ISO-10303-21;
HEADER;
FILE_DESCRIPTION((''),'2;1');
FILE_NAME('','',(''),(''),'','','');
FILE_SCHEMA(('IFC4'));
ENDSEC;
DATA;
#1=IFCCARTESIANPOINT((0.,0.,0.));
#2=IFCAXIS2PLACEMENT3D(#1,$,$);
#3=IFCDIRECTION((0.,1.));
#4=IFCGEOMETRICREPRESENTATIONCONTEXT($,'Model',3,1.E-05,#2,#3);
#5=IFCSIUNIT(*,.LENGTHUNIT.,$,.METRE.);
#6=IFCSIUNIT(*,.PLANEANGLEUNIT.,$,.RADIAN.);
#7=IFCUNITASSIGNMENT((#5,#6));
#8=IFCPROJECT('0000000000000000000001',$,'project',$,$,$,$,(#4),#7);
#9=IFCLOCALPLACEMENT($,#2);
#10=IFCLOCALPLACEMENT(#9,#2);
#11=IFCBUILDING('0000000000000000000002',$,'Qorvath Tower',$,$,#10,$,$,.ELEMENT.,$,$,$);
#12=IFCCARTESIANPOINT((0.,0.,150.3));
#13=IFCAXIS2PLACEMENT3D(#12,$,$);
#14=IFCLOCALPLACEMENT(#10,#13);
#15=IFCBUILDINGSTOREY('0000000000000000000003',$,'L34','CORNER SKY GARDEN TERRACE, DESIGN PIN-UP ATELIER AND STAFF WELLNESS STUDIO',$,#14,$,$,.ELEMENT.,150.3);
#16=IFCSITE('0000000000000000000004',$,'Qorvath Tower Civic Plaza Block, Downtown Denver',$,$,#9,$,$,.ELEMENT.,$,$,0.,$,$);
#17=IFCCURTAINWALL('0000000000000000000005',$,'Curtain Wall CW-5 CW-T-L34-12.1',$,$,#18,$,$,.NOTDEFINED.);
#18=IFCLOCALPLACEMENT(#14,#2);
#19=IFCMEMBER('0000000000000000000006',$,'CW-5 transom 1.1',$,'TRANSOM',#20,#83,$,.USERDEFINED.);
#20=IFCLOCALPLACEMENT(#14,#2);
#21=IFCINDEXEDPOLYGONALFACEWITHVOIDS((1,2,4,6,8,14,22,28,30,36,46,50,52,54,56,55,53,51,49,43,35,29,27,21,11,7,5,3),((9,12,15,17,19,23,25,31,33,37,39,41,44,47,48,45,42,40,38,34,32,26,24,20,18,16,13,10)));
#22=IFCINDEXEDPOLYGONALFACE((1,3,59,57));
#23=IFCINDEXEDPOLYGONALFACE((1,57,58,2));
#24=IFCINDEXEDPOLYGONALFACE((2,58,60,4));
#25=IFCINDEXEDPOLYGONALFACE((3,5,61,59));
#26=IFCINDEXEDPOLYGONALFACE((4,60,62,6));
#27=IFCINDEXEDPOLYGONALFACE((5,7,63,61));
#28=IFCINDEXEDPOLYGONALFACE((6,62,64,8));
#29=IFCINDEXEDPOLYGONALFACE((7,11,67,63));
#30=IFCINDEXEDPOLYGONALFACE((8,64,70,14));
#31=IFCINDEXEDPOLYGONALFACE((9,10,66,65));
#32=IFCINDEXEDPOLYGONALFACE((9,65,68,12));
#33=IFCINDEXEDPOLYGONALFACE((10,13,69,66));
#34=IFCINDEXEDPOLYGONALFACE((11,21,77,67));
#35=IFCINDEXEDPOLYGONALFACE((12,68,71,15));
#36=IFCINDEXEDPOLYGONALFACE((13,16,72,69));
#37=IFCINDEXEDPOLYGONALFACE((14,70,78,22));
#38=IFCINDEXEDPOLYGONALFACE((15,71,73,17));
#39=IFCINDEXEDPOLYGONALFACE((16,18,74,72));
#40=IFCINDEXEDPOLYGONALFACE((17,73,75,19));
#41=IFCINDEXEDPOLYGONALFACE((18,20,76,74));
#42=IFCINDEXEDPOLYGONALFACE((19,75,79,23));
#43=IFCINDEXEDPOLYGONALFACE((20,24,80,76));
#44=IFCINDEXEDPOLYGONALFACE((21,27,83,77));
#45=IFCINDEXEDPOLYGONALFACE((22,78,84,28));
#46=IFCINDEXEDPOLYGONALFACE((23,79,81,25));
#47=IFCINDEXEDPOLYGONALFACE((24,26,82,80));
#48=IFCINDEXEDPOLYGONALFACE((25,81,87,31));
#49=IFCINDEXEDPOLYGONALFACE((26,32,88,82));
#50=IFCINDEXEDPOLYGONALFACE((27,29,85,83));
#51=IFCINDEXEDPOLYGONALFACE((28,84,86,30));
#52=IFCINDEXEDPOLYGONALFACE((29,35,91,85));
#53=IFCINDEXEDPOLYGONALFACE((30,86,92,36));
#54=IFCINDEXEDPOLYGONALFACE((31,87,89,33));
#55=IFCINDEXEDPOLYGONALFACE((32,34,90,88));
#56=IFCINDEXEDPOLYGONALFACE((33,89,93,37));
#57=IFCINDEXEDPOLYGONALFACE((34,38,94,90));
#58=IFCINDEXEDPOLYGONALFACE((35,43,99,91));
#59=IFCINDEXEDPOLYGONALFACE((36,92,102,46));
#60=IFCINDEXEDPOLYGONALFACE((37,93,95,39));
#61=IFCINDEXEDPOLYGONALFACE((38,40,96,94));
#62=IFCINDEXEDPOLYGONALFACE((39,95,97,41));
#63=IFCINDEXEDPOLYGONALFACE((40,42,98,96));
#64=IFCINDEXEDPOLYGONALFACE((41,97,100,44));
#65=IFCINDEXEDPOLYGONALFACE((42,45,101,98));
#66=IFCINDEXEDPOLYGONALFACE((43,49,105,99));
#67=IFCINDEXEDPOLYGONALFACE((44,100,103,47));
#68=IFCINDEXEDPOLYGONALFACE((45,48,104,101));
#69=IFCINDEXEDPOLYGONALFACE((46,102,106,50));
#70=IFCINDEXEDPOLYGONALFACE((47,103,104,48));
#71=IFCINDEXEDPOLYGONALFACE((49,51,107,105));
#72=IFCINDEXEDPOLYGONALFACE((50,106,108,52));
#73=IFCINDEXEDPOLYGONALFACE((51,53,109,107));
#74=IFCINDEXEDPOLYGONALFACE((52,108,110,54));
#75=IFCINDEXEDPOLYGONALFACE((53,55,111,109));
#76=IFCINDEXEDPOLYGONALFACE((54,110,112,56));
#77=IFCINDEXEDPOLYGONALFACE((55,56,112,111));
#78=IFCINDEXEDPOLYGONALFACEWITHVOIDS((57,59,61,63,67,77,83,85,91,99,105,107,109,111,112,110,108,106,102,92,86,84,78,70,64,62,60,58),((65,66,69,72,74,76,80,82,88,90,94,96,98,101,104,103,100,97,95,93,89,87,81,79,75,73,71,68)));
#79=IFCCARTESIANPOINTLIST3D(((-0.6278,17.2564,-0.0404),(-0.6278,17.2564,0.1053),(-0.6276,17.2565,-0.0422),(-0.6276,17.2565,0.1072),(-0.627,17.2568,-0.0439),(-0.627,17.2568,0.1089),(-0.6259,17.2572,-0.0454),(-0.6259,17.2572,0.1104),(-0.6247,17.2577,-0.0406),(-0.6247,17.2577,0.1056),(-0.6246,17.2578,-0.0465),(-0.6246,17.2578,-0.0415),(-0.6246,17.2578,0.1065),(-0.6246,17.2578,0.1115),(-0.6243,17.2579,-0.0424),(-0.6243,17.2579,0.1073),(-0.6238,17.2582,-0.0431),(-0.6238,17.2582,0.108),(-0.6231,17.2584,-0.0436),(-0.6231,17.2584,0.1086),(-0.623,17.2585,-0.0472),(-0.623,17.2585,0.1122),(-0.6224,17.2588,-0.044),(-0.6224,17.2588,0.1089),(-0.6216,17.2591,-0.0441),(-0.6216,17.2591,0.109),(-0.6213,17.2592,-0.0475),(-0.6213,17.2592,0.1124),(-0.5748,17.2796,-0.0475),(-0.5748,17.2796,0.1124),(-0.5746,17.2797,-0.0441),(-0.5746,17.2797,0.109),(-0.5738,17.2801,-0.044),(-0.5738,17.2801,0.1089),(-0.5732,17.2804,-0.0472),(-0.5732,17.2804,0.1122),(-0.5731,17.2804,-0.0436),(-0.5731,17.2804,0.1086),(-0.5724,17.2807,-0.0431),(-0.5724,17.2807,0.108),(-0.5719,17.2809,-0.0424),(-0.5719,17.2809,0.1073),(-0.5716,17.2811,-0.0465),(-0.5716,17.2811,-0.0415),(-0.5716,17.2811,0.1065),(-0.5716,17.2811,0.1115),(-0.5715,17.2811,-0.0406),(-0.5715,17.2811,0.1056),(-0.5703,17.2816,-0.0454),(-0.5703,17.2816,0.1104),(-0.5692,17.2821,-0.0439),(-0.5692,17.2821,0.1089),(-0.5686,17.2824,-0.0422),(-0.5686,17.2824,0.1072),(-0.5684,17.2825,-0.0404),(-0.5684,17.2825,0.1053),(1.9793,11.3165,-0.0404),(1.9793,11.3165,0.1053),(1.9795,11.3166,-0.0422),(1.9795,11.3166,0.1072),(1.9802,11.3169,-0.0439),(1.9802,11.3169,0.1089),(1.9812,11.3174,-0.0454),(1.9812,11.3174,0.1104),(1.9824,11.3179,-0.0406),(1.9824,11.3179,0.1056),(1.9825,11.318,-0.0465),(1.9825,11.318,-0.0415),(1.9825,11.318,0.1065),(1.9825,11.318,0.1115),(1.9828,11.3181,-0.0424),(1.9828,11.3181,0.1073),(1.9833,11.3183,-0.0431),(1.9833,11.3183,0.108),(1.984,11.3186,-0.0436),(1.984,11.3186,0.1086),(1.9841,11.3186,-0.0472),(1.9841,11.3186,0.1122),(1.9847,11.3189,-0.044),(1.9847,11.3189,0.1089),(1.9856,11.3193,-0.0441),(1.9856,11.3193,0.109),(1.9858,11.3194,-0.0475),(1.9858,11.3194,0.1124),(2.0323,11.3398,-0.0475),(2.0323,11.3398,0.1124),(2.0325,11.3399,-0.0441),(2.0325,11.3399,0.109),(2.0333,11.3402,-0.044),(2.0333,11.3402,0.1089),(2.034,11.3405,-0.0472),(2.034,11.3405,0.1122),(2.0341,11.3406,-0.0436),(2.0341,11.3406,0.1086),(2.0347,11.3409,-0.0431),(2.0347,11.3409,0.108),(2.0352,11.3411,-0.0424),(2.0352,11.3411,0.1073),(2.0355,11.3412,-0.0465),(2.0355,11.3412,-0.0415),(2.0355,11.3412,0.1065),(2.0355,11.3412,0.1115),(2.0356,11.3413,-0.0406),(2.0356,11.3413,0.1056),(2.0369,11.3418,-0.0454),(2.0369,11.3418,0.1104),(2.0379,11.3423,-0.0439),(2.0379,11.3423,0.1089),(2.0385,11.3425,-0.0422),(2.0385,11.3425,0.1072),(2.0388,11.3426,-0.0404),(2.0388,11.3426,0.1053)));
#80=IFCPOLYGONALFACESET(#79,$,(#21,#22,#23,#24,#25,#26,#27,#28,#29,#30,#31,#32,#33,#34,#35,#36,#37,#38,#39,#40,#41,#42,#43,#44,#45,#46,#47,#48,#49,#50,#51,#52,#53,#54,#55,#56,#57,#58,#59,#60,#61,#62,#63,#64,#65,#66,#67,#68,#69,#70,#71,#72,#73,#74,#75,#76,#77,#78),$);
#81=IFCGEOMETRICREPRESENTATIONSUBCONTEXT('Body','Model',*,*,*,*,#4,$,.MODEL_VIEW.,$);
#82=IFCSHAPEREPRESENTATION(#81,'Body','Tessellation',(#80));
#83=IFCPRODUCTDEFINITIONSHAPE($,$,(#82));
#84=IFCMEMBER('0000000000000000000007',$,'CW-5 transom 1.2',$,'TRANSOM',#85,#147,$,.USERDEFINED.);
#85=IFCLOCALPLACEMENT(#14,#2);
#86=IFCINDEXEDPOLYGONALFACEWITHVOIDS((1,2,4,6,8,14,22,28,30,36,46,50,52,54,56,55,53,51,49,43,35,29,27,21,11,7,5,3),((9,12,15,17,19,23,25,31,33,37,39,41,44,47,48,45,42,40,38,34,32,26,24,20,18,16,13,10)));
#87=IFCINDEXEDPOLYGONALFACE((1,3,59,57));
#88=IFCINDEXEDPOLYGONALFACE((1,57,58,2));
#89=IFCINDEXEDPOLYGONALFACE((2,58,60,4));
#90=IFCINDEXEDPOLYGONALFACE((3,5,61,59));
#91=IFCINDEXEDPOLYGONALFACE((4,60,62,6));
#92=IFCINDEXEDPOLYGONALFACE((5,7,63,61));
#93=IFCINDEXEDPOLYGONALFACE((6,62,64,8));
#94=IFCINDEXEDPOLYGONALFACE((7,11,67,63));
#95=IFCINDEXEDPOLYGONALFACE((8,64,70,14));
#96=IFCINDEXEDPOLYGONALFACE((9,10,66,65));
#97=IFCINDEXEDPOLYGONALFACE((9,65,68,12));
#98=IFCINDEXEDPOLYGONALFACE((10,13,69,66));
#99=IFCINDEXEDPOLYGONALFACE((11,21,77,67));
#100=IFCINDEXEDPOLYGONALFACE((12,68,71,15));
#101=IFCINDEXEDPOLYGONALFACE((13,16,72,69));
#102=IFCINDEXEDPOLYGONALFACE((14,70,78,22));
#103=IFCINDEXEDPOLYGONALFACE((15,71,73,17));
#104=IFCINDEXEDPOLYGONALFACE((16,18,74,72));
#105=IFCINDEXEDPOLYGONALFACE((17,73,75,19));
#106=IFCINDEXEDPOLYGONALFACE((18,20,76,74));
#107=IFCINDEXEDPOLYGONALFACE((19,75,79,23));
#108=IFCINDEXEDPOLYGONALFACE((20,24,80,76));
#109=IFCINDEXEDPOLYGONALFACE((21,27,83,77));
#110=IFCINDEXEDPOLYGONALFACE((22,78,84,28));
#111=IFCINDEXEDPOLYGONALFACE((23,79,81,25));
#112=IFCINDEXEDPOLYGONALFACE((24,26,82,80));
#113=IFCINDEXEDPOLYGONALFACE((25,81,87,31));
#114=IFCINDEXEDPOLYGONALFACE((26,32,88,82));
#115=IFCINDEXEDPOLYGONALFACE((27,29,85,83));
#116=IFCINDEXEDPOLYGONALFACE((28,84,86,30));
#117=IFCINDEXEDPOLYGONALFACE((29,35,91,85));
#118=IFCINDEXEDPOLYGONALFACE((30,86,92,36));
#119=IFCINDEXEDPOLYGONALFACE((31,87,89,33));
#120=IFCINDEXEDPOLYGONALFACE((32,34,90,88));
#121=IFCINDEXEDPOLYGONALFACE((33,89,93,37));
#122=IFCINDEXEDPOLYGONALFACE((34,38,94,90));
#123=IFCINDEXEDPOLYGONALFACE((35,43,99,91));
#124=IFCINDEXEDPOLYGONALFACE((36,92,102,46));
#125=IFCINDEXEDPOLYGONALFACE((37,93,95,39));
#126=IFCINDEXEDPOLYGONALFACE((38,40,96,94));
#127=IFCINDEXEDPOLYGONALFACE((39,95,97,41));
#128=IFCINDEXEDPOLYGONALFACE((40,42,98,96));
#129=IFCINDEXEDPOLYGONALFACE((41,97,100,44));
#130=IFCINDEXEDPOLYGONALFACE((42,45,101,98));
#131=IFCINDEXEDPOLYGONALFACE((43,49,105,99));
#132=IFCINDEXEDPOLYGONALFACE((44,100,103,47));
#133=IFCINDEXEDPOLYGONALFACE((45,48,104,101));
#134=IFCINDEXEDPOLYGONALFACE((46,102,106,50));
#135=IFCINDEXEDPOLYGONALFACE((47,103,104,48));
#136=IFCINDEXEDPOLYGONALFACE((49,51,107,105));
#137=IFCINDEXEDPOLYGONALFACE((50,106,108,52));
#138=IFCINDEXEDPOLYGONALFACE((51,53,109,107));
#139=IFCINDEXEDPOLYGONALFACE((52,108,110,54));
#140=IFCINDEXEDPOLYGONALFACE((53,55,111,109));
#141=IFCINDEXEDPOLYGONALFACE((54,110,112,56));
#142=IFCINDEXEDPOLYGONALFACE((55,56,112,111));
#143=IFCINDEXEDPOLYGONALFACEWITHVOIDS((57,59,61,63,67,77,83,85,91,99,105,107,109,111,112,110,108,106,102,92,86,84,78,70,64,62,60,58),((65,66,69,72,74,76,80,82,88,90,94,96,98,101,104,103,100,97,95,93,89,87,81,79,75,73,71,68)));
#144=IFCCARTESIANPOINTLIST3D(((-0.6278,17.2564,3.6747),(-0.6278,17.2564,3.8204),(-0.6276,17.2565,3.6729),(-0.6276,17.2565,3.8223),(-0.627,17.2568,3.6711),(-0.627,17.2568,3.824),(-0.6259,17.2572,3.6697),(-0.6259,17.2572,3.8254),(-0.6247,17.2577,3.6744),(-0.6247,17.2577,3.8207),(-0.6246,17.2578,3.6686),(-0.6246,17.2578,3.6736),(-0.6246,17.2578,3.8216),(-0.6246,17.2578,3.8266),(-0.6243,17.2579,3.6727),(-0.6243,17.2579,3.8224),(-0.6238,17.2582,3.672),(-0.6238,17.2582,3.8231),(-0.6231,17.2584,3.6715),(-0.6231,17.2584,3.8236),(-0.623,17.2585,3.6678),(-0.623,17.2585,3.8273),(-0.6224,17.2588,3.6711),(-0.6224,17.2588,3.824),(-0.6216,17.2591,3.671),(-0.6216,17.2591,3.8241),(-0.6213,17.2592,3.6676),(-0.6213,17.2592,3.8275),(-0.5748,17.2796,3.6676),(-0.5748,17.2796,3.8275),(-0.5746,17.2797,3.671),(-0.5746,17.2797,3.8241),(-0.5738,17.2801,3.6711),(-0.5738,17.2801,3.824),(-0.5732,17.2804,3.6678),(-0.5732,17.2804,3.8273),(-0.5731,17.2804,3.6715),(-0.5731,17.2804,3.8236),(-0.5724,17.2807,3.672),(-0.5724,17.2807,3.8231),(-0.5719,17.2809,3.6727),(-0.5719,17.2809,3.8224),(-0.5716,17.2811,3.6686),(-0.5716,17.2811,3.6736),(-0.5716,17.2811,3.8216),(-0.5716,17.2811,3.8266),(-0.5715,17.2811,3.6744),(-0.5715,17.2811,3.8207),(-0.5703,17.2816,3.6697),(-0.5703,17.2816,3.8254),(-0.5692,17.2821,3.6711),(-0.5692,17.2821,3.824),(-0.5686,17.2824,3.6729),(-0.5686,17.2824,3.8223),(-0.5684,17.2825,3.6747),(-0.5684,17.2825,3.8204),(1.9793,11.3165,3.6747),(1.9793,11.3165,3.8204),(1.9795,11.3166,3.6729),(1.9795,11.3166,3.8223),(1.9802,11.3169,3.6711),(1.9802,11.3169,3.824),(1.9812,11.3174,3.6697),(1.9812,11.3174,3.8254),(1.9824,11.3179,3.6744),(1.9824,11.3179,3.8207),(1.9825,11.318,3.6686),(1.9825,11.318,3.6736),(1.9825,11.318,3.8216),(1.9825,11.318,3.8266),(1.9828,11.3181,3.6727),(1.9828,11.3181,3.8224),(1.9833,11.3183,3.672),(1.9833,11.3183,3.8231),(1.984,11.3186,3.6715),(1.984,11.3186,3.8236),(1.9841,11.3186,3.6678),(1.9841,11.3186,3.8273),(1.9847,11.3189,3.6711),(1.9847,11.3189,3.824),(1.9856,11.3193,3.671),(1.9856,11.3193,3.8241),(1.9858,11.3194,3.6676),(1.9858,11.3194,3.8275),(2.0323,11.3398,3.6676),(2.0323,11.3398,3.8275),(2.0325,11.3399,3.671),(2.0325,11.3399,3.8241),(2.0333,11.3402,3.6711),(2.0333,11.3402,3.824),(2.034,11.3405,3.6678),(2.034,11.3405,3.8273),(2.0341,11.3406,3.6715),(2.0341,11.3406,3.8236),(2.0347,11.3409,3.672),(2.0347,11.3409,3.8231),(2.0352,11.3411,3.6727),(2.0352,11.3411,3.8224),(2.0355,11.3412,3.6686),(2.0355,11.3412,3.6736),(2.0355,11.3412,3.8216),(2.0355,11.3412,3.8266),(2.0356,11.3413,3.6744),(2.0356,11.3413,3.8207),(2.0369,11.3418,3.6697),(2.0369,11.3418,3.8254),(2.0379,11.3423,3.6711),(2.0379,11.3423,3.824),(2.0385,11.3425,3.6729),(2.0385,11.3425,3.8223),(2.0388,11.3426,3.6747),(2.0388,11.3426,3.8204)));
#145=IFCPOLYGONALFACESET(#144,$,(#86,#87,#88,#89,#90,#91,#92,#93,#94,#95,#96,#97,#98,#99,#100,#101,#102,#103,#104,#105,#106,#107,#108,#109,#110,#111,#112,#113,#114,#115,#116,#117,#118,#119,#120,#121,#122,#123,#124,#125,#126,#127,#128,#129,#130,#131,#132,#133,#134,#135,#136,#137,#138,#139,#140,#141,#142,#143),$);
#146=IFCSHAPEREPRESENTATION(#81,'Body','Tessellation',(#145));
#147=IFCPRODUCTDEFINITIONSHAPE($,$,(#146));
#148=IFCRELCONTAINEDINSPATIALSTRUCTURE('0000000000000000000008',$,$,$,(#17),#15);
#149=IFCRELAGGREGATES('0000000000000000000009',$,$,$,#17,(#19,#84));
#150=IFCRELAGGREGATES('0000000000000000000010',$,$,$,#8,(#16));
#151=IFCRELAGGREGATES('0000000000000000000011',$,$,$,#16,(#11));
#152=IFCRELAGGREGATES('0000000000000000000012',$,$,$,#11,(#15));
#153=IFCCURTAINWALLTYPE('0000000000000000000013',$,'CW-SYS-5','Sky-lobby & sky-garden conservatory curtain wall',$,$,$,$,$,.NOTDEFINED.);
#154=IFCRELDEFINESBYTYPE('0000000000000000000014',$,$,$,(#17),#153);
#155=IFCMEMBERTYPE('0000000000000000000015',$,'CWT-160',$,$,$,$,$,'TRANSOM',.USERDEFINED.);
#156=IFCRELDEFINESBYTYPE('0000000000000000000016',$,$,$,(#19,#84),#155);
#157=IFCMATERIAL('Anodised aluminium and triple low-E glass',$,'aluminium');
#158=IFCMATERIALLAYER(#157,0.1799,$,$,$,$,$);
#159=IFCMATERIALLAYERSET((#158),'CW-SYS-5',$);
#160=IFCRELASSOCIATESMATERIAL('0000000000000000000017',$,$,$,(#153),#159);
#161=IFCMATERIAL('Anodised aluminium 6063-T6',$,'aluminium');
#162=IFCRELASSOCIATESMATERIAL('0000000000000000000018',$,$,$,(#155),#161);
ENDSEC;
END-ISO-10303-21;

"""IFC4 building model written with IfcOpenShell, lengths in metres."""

from ifc_helpers import new_model, si_unit, direction, frame, origin, origin_2d, place, context, subcontext, project, spatial, hollow_rectangle, extrude, material, layer, layer_set, material_profile, profile_set, type_object, element, aggregate, save


model = new_model("IFC4")

# Units and contexts
model_context = context("Model", 3, precision=1e-05, world=origin(), true_north=direction((0.0, 1.0)))
body_context = subcontext(model_context, "Body", "Model", "MODEL_VIEW")
ifc_project = project(units=[si_unit("LENGTHUNIT", "METRE"), si_unit("PLANEANGLEUNIT", "RADIAN")], contexts=[model_context])

# Site, building, storey
site_placement = place(None, origin())
site = spatial("IfcSite", under=ifc_project, at=site_placement, Name="Qorvath Tower Civic Plaza Block, Downtown Denver", CompositionType="ELEMENT", RefElevation=0.0)
building_placement = place(site_placement, origin())
building = spatial("IfcBuilding", under=site, at=building_placement, Name="Qorvath Tower", CompositionType="ELEMENT")
storey_placement = place(building_placement, frame((0.0, 0.0, 150.3)))
storey = spatial("IfcBuildingStorey", under=building, at=storey_placement, Name="L34", Description="CORNER SKY GARDEN TERRACE, DESIGN PIN-UP ATELIER AND STAFF WELLNESS STUDIO", CompositionType="ELEMENT", Elevation=150.3)

# Shared definitions
ifc_material_1 = material(Name="Anodised aluminium and triple low-E glass", Category="aluminium")
ifc_layer_1 = layer(ifc_material_1, 0.1799)
ifc_layer_set_1 = layer_set([ifc_layer_1], Name="CW-SYS-5")
curtain_wall_type = type_object("IfcCurtainWallType", Name="CW-SYS-5", Description="Sky-lobby & sky-garden conservatory curtain wall", PredefinedType="NOTDEFINED", material=ifc_layer_set_1)

# Curtain wall
curtain_wall_1_placement = place(storey_placement, origin())
curtain_wall_1 = element("IfcCurtainWall", 1, at=curtain_wall_1_placement, inside=storey, type_object=curtain_wall_type, Name="Curtain Wall CW-5 CW-T-L34-12.1", PredefinedType="NOTDEFINED")

# Members
ifc_material_2 = material(Name="Anodised aluminium 6063-T6", Category="aluminium")
ifc_material_profile_1 = material_profile(ifc_material_2, hollow_rectangle(XDim=0.0649, YDim=0.1599, WallThickness=0.0034, InnerFilletRadius=0.0034, OuterFilletRadius=0.0071, at=origin_2d()), Name="CWT 160x65")
ifc_profile_set_1 = profile_set([ifc_material_profile_1], Name="Anodised aluminium 6063-T6")
member_type_1 = type_object("IfcMemberType", Name="CWT-160", ElementType="TRANSOM", PredefinedType="USERDEFINED", material=ifc_profile_set_1)
member_1_placement = place(storey_placement, frame((2.009, 11.3296, 0.0325), z_axis=(-0.401912, 0.915678, 0.0), x_axis=(-0.915678, -0.401912, 0.0)))
member_1 = element("IfcMember", 2, at=member_1_placement, type_object=member_type_1, Name="CW-5 transom 1.1", ObjectType="TRANSOM", PredefinedType="USERDEFINED", context=body_context, shape_type="SweptSolid", body=[
    extrude(hollow_rectangle(XDim=0.0649, YDim=0.1599, WallThickness=0.0034, InnerFilletRadius=0.0034, OuterFilletRadius=0.0071, at=origin_2d()), origin(), (0.0, 0.0, 1.0), 6.4868),
])
member_2_placement = place(storey_placement, frame((2.009, 11.3296, 3.7476), z_axis=(-0.401912, 0.915678, 0.0), x_axis=(-0.915678, -0.401912, 0.0)))
member_2 = element("IfcMember", 3, at=member_2_placement, type_object=member_type_1, Name="CW-5 transom 1.2", ObjectType="TRANSOM", PredefinedType="USERDEFINED", context=body_context, shape_type="SweptSolid", body=[
    extrude(hollow_rectangle(XDim=0.0649, YDim=0.1599, WallThickness=0.0034, InnerFilletRadius=0.0034, OuterFilletRadius=0.0071, at=origin_2d()), origin(), (0.0, 0.0, 1.0), 6.4868),
])

aggregate(curtain_wall_1, [member_1, member_2])

save(model, "model.ifc")
